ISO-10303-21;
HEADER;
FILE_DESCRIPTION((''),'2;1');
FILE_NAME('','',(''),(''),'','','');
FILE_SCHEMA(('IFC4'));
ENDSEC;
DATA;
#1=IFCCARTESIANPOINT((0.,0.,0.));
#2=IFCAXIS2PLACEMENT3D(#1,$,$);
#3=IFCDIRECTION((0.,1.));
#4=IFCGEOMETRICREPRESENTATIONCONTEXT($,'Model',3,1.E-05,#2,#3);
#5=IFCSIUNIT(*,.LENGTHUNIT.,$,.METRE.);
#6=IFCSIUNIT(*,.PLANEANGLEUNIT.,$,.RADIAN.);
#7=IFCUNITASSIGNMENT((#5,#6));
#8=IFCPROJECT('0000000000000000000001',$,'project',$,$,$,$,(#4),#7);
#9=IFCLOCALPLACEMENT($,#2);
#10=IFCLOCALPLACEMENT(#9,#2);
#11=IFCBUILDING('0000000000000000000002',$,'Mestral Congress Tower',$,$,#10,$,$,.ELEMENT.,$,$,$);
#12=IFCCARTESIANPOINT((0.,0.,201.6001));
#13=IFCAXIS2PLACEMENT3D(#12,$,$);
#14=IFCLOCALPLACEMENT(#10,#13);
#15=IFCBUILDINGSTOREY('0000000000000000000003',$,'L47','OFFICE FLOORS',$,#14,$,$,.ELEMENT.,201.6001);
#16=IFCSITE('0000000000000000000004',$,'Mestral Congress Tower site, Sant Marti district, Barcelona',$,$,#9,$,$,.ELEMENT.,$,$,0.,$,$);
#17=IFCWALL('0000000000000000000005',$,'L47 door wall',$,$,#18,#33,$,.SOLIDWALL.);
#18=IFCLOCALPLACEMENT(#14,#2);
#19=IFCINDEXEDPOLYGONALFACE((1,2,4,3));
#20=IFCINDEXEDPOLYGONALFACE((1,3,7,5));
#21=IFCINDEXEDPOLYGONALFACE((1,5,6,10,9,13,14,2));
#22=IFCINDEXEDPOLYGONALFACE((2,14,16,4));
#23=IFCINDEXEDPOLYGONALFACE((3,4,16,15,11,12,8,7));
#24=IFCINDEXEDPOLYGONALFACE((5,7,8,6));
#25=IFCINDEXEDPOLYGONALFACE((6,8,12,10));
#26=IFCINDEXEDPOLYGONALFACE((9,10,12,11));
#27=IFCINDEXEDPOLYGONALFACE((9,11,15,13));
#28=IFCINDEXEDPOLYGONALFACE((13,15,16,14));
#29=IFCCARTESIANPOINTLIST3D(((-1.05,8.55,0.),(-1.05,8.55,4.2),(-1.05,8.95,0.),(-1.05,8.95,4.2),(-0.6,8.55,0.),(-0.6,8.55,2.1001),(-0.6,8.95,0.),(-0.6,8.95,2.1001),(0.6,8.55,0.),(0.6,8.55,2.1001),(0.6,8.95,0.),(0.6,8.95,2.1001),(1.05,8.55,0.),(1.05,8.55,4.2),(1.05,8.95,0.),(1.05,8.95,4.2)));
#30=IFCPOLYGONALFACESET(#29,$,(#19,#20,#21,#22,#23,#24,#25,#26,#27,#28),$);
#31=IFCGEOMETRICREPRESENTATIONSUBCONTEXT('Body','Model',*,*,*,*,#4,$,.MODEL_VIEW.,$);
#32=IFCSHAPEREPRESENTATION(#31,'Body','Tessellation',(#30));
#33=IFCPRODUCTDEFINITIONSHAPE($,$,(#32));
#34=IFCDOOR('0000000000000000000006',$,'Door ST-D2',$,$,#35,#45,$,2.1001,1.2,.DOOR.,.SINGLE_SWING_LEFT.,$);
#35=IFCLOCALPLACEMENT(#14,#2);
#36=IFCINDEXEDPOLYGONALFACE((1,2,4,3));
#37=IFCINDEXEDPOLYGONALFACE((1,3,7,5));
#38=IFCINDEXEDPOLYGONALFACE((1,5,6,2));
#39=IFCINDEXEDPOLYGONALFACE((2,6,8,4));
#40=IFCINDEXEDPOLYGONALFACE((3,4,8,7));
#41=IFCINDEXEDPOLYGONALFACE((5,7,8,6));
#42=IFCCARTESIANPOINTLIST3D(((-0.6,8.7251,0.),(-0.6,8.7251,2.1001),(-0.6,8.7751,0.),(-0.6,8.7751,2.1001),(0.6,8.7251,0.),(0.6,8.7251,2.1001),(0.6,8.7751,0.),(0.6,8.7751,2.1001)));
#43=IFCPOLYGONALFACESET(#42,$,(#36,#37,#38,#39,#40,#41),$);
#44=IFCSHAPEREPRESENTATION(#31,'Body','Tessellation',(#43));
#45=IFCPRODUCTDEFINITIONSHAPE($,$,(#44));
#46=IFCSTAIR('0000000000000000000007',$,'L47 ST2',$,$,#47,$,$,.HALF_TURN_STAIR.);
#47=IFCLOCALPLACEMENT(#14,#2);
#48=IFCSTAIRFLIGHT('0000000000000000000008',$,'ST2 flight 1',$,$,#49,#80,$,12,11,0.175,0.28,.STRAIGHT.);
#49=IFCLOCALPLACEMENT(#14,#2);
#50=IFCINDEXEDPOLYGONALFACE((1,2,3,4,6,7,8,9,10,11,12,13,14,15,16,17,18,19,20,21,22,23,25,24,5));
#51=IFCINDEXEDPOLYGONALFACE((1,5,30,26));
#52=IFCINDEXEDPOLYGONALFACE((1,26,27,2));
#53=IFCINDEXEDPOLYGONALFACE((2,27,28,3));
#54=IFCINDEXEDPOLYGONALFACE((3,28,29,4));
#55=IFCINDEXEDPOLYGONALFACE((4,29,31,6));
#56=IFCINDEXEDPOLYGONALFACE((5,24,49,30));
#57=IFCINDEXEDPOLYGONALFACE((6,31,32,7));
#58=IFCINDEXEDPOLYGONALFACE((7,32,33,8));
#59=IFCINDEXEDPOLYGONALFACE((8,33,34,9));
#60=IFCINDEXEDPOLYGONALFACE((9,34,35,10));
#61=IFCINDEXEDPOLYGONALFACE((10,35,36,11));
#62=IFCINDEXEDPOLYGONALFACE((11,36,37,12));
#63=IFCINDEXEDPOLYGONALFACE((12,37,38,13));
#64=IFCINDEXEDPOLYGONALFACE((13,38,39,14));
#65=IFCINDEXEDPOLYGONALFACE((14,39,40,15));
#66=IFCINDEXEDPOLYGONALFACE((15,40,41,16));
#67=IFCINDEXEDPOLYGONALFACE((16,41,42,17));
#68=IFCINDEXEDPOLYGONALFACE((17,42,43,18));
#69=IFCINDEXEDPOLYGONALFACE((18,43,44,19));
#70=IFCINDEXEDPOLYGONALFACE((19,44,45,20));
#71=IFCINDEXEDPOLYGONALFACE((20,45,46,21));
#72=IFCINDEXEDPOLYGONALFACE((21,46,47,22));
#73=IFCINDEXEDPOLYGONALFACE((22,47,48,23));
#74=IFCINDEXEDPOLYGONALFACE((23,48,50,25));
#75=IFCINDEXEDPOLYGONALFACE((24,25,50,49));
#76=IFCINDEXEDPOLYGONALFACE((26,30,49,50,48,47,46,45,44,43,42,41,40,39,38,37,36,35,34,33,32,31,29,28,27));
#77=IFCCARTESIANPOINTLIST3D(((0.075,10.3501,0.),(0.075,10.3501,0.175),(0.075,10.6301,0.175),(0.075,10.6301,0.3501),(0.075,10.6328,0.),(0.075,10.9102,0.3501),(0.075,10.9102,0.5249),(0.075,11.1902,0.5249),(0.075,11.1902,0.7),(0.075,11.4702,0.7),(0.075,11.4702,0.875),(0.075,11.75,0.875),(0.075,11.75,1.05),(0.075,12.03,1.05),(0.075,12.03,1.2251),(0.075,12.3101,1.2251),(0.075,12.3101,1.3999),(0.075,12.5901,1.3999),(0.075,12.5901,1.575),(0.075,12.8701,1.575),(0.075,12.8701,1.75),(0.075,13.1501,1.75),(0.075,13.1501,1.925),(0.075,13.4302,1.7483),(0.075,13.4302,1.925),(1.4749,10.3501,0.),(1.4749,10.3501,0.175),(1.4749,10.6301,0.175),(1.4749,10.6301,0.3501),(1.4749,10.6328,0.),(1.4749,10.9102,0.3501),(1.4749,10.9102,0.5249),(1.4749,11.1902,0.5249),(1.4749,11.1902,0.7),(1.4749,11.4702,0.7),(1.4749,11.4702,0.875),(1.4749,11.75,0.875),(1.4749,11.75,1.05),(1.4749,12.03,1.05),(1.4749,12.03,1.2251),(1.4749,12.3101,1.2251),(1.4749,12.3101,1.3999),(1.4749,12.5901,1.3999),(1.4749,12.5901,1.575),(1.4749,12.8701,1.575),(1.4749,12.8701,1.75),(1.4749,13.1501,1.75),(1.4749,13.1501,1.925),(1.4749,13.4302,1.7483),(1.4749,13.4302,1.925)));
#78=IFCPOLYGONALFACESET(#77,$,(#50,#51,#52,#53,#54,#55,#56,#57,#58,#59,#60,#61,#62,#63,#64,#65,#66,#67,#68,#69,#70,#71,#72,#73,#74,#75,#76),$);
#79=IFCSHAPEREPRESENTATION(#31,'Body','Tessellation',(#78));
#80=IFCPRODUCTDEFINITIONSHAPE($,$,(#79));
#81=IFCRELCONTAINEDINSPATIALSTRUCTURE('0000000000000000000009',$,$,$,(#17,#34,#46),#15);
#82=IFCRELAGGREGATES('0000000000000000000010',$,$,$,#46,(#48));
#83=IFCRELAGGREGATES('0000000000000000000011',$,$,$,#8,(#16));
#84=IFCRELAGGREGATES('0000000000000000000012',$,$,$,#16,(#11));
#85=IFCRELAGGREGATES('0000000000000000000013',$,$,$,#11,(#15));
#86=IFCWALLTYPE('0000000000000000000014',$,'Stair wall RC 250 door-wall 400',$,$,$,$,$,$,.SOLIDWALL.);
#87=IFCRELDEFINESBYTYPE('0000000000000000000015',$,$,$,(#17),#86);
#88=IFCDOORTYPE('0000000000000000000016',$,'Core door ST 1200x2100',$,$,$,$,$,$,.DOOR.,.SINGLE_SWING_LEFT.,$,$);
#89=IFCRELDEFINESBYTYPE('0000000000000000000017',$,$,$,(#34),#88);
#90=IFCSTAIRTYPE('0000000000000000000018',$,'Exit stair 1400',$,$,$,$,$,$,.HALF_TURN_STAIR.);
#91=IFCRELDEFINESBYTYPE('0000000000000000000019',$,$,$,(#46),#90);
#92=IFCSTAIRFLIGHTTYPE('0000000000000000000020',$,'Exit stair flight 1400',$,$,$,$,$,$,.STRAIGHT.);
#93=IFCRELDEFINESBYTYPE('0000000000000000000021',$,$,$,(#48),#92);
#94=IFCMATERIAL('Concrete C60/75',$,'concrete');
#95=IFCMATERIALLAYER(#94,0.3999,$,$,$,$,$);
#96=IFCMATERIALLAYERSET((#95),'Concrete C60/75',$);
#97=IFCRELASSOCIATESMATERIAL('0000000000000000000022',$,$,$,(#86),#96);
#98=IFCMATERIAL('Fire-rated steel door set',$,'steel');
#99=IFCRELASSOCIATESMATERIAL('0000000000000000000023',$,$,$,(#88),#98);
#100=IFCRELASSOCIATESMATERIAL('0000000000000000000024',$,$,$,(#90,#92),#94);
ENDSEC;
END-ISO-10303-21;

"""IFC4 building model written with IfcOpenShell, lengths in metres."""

from ifc_helpers import new_model, si_unit, direction, frame, frame_2d, origin, place, context, subcontext, project, spatial, polyline, rectangle, outline, extrude, material, layer, layer_set, type_object, element, fill, aggregate, save


model = new_model("IFC4")

# Units and contexts
model_context = context("Model", 3, precision=1e-05, world=origin(), true_north=direction((0.0, 1.0)))
body_context = subcontext(model_context, "Body", "Model", "MODEL_VIEW")
ifc_project = project(units=[si_unit("LENGTHUNIT", "METRE"), si_unit("PLANEANGLEUNIT", "RADIAN")], contexts=[model_context])

# Site, building, storey
site_placement = place(None, origin())
site = spatial("IfcSite", under=ifc_project, at=site_placement, Name="Mestral Congress Tower site, Sant Marti district, Barcelona", CompositionType="ELEMENT", RefElevation=0.0)
building_placement = place(site_placement, origin())
building = spatial("IfcBuilding", under=site, at=building_placement, Name="Mestral Congress Tower", CompositionType="ELEMENT")
storey_placement = place(building_placement, frame((0.0, 0.0, 201.6001)))
storey = spatial("IfcBuildingStorey", under=building, at=storey_placement, Name="L47", Description="OFFICE FLOORS", CompositionType="ELEMENT", Elevation=201.6001)

# Shared definitions
ifc_material_1 = material(Name="Concrete C60/75", Category="concrete")

# Shared definitions
ifc_material_2 = material(Name="Fire-rated steel door set", Category="steel")

# Wall, opening, door
ifc_layer_1 = layer(ifc_material_1, 0.3999)
ifc_layer_set_1 = layer_set([ifc_layer_1], Name="Concrete C60/75")
wall_type_1 = type_object("IfcWallType", Name="Stair wall RC 250 door-wall 400", PredefinedType="SOLIDWALL", material=ifc_layer_set_1)
wall_1_placement = place(storey_placement, frame((1.05, 8.75, 0.0), z_axis=(0.0, 0.0, 1.0), x_axis=(-1.0, 0.0, 0.0)))
wall_1 = element("IfcWall", 1, at=wall_1_placement, inside=storey, type_object=wall_type_1, Name="L47 door wall", PredefinedType="SOLIDWALL", context=body_context, shape_type="SweptSolid", body=[
    extrude(rectangle(XDim=2.1001, YDim=0.3999, at=frame_2d((1.05, 0.0))), origin(), (0.0, 0.0, 1.0), 4.2),
])
opening_1_placement = place(wall_1_placement, frame((0.45, 0.0, 0.0)))
opening_1 = element("IfcOpeningElement", 2, at=opening_1_placement, cuts=wall_1, PredefinedType="OPENING", context=body_context, shape_type="SweptSolid", body=[
    extrude(rectangle(XDim=1.2, YDim=2.1001, at=frame_2d((0.6001, 1.05))), frame((0.0, 0.21, 0.0), z_axis=(0.0, -1.0, 0.0), x_axis=(1.0, 0.0, 0.0)), (0.0, 0.0, 1.0), 0.4199),
])
door_type_1 = type_object("IfcDoorType", Name="Core door ST 1200x2100", OperationType="SINGLE_SWING_LEFT", PredefinedType="DOOR", material=ifc_material_2)
door_1_placement = place(opening_1_placement, origin())
door_1 = element("IfcDoor", 3, at=door_1_placement, inside=storey, type_object=door_type_1, Name="Door ST-D2", OperationType="SINGLE_SWING_LEFT", OverallHeight=2.1001, OverallWidth=1.2, PredefinedType="DOOR", context=body_context, shape_type="SweptSolid", body=[
    extrude(rectangle(XDim=1.2, YDim=2.1001, at=frame_2d((0.6001, 1.05))), frame((0.0, 0.0249, 0.0), z_axis=(0.0, -1.0, 0.0), x_axis=(1.0, 0.0, 0.0)), (0.0, 0.0, 1.0), 0.05),
])
fill(opening_1, door_1)

# Stair, stair flight
stair_type = type_object("IfcStairType", Name="Exit stair 1400", PredefinedType="HALF_TURN_STAIR", material=ifc_material_1)
stair_placement = place(storey_placement, origin())
stair = element("IfcStair", 4, at=stair_placement, inside=storey, type_object=stair_type, Name="L47 ST2", PredefinedType="HALF_TURN_STAIR")
stair_flight_type = type_object("IfcStairFlightType", Name="Exit stair flight 1400", PredefinedType="STRAIGHT", material=ifc_material_1)
stair_flight_placement = place(storey_placement, frame((0.7749, 10.3501, 0.0), z_axis=(0.0, 0.0, 1.0), x_axis=(0.0, 1.0, 0.0)))
stair_flight = element("IfcStairFlight", 5, at=stair_flight_placement, type_object=stair_flight_type, Name="ST2 flight 1", NumberOfRisers=12, NumberOfTreads=11, PredefinedType="STRAIGHT", RiserHeight=0.175, TreadLength=0.28, context=body_context, shape_type="SweptSolid", body=[
    extrude(outline(polyline([(0.0, 0.0), (0.0, 0.175), (0.28, 0.175), (0.28, 0.3501), (0.5601, 0.3501), (0.5601, 0.5249), (0.8401, 0.5249), (0.8401, 0.7), (1.1201, 0.7), (1.1201, 0.875), (1.3999, 0.875), (1.3999, 1.05), (1.6799, 1.05), (1.6799, 1.2251), (1.96, 1.2251), (1.96, 1.3999), (2.24, 1.3999), (2.24, 1.575), (2.52, 1.575), (2.52, 1.75), (2.8, 1.75), (2.8, 1.925), (3.0801, 1.925), (3.0801, 2.1001), (3.0801, 1.7483), (0.2827, 0.0), (0.0, 0.0)])), frame((0.0, 0.7, 0.0), z_axis=(0.0, -1.0, 0.0), x_axis=(1.0, 0.0, 0.0)), (0.0, 0.0, 1.0), 1.3999),
])
aggregate(stair, [stair_flight])

save(model, "model.ifc")
